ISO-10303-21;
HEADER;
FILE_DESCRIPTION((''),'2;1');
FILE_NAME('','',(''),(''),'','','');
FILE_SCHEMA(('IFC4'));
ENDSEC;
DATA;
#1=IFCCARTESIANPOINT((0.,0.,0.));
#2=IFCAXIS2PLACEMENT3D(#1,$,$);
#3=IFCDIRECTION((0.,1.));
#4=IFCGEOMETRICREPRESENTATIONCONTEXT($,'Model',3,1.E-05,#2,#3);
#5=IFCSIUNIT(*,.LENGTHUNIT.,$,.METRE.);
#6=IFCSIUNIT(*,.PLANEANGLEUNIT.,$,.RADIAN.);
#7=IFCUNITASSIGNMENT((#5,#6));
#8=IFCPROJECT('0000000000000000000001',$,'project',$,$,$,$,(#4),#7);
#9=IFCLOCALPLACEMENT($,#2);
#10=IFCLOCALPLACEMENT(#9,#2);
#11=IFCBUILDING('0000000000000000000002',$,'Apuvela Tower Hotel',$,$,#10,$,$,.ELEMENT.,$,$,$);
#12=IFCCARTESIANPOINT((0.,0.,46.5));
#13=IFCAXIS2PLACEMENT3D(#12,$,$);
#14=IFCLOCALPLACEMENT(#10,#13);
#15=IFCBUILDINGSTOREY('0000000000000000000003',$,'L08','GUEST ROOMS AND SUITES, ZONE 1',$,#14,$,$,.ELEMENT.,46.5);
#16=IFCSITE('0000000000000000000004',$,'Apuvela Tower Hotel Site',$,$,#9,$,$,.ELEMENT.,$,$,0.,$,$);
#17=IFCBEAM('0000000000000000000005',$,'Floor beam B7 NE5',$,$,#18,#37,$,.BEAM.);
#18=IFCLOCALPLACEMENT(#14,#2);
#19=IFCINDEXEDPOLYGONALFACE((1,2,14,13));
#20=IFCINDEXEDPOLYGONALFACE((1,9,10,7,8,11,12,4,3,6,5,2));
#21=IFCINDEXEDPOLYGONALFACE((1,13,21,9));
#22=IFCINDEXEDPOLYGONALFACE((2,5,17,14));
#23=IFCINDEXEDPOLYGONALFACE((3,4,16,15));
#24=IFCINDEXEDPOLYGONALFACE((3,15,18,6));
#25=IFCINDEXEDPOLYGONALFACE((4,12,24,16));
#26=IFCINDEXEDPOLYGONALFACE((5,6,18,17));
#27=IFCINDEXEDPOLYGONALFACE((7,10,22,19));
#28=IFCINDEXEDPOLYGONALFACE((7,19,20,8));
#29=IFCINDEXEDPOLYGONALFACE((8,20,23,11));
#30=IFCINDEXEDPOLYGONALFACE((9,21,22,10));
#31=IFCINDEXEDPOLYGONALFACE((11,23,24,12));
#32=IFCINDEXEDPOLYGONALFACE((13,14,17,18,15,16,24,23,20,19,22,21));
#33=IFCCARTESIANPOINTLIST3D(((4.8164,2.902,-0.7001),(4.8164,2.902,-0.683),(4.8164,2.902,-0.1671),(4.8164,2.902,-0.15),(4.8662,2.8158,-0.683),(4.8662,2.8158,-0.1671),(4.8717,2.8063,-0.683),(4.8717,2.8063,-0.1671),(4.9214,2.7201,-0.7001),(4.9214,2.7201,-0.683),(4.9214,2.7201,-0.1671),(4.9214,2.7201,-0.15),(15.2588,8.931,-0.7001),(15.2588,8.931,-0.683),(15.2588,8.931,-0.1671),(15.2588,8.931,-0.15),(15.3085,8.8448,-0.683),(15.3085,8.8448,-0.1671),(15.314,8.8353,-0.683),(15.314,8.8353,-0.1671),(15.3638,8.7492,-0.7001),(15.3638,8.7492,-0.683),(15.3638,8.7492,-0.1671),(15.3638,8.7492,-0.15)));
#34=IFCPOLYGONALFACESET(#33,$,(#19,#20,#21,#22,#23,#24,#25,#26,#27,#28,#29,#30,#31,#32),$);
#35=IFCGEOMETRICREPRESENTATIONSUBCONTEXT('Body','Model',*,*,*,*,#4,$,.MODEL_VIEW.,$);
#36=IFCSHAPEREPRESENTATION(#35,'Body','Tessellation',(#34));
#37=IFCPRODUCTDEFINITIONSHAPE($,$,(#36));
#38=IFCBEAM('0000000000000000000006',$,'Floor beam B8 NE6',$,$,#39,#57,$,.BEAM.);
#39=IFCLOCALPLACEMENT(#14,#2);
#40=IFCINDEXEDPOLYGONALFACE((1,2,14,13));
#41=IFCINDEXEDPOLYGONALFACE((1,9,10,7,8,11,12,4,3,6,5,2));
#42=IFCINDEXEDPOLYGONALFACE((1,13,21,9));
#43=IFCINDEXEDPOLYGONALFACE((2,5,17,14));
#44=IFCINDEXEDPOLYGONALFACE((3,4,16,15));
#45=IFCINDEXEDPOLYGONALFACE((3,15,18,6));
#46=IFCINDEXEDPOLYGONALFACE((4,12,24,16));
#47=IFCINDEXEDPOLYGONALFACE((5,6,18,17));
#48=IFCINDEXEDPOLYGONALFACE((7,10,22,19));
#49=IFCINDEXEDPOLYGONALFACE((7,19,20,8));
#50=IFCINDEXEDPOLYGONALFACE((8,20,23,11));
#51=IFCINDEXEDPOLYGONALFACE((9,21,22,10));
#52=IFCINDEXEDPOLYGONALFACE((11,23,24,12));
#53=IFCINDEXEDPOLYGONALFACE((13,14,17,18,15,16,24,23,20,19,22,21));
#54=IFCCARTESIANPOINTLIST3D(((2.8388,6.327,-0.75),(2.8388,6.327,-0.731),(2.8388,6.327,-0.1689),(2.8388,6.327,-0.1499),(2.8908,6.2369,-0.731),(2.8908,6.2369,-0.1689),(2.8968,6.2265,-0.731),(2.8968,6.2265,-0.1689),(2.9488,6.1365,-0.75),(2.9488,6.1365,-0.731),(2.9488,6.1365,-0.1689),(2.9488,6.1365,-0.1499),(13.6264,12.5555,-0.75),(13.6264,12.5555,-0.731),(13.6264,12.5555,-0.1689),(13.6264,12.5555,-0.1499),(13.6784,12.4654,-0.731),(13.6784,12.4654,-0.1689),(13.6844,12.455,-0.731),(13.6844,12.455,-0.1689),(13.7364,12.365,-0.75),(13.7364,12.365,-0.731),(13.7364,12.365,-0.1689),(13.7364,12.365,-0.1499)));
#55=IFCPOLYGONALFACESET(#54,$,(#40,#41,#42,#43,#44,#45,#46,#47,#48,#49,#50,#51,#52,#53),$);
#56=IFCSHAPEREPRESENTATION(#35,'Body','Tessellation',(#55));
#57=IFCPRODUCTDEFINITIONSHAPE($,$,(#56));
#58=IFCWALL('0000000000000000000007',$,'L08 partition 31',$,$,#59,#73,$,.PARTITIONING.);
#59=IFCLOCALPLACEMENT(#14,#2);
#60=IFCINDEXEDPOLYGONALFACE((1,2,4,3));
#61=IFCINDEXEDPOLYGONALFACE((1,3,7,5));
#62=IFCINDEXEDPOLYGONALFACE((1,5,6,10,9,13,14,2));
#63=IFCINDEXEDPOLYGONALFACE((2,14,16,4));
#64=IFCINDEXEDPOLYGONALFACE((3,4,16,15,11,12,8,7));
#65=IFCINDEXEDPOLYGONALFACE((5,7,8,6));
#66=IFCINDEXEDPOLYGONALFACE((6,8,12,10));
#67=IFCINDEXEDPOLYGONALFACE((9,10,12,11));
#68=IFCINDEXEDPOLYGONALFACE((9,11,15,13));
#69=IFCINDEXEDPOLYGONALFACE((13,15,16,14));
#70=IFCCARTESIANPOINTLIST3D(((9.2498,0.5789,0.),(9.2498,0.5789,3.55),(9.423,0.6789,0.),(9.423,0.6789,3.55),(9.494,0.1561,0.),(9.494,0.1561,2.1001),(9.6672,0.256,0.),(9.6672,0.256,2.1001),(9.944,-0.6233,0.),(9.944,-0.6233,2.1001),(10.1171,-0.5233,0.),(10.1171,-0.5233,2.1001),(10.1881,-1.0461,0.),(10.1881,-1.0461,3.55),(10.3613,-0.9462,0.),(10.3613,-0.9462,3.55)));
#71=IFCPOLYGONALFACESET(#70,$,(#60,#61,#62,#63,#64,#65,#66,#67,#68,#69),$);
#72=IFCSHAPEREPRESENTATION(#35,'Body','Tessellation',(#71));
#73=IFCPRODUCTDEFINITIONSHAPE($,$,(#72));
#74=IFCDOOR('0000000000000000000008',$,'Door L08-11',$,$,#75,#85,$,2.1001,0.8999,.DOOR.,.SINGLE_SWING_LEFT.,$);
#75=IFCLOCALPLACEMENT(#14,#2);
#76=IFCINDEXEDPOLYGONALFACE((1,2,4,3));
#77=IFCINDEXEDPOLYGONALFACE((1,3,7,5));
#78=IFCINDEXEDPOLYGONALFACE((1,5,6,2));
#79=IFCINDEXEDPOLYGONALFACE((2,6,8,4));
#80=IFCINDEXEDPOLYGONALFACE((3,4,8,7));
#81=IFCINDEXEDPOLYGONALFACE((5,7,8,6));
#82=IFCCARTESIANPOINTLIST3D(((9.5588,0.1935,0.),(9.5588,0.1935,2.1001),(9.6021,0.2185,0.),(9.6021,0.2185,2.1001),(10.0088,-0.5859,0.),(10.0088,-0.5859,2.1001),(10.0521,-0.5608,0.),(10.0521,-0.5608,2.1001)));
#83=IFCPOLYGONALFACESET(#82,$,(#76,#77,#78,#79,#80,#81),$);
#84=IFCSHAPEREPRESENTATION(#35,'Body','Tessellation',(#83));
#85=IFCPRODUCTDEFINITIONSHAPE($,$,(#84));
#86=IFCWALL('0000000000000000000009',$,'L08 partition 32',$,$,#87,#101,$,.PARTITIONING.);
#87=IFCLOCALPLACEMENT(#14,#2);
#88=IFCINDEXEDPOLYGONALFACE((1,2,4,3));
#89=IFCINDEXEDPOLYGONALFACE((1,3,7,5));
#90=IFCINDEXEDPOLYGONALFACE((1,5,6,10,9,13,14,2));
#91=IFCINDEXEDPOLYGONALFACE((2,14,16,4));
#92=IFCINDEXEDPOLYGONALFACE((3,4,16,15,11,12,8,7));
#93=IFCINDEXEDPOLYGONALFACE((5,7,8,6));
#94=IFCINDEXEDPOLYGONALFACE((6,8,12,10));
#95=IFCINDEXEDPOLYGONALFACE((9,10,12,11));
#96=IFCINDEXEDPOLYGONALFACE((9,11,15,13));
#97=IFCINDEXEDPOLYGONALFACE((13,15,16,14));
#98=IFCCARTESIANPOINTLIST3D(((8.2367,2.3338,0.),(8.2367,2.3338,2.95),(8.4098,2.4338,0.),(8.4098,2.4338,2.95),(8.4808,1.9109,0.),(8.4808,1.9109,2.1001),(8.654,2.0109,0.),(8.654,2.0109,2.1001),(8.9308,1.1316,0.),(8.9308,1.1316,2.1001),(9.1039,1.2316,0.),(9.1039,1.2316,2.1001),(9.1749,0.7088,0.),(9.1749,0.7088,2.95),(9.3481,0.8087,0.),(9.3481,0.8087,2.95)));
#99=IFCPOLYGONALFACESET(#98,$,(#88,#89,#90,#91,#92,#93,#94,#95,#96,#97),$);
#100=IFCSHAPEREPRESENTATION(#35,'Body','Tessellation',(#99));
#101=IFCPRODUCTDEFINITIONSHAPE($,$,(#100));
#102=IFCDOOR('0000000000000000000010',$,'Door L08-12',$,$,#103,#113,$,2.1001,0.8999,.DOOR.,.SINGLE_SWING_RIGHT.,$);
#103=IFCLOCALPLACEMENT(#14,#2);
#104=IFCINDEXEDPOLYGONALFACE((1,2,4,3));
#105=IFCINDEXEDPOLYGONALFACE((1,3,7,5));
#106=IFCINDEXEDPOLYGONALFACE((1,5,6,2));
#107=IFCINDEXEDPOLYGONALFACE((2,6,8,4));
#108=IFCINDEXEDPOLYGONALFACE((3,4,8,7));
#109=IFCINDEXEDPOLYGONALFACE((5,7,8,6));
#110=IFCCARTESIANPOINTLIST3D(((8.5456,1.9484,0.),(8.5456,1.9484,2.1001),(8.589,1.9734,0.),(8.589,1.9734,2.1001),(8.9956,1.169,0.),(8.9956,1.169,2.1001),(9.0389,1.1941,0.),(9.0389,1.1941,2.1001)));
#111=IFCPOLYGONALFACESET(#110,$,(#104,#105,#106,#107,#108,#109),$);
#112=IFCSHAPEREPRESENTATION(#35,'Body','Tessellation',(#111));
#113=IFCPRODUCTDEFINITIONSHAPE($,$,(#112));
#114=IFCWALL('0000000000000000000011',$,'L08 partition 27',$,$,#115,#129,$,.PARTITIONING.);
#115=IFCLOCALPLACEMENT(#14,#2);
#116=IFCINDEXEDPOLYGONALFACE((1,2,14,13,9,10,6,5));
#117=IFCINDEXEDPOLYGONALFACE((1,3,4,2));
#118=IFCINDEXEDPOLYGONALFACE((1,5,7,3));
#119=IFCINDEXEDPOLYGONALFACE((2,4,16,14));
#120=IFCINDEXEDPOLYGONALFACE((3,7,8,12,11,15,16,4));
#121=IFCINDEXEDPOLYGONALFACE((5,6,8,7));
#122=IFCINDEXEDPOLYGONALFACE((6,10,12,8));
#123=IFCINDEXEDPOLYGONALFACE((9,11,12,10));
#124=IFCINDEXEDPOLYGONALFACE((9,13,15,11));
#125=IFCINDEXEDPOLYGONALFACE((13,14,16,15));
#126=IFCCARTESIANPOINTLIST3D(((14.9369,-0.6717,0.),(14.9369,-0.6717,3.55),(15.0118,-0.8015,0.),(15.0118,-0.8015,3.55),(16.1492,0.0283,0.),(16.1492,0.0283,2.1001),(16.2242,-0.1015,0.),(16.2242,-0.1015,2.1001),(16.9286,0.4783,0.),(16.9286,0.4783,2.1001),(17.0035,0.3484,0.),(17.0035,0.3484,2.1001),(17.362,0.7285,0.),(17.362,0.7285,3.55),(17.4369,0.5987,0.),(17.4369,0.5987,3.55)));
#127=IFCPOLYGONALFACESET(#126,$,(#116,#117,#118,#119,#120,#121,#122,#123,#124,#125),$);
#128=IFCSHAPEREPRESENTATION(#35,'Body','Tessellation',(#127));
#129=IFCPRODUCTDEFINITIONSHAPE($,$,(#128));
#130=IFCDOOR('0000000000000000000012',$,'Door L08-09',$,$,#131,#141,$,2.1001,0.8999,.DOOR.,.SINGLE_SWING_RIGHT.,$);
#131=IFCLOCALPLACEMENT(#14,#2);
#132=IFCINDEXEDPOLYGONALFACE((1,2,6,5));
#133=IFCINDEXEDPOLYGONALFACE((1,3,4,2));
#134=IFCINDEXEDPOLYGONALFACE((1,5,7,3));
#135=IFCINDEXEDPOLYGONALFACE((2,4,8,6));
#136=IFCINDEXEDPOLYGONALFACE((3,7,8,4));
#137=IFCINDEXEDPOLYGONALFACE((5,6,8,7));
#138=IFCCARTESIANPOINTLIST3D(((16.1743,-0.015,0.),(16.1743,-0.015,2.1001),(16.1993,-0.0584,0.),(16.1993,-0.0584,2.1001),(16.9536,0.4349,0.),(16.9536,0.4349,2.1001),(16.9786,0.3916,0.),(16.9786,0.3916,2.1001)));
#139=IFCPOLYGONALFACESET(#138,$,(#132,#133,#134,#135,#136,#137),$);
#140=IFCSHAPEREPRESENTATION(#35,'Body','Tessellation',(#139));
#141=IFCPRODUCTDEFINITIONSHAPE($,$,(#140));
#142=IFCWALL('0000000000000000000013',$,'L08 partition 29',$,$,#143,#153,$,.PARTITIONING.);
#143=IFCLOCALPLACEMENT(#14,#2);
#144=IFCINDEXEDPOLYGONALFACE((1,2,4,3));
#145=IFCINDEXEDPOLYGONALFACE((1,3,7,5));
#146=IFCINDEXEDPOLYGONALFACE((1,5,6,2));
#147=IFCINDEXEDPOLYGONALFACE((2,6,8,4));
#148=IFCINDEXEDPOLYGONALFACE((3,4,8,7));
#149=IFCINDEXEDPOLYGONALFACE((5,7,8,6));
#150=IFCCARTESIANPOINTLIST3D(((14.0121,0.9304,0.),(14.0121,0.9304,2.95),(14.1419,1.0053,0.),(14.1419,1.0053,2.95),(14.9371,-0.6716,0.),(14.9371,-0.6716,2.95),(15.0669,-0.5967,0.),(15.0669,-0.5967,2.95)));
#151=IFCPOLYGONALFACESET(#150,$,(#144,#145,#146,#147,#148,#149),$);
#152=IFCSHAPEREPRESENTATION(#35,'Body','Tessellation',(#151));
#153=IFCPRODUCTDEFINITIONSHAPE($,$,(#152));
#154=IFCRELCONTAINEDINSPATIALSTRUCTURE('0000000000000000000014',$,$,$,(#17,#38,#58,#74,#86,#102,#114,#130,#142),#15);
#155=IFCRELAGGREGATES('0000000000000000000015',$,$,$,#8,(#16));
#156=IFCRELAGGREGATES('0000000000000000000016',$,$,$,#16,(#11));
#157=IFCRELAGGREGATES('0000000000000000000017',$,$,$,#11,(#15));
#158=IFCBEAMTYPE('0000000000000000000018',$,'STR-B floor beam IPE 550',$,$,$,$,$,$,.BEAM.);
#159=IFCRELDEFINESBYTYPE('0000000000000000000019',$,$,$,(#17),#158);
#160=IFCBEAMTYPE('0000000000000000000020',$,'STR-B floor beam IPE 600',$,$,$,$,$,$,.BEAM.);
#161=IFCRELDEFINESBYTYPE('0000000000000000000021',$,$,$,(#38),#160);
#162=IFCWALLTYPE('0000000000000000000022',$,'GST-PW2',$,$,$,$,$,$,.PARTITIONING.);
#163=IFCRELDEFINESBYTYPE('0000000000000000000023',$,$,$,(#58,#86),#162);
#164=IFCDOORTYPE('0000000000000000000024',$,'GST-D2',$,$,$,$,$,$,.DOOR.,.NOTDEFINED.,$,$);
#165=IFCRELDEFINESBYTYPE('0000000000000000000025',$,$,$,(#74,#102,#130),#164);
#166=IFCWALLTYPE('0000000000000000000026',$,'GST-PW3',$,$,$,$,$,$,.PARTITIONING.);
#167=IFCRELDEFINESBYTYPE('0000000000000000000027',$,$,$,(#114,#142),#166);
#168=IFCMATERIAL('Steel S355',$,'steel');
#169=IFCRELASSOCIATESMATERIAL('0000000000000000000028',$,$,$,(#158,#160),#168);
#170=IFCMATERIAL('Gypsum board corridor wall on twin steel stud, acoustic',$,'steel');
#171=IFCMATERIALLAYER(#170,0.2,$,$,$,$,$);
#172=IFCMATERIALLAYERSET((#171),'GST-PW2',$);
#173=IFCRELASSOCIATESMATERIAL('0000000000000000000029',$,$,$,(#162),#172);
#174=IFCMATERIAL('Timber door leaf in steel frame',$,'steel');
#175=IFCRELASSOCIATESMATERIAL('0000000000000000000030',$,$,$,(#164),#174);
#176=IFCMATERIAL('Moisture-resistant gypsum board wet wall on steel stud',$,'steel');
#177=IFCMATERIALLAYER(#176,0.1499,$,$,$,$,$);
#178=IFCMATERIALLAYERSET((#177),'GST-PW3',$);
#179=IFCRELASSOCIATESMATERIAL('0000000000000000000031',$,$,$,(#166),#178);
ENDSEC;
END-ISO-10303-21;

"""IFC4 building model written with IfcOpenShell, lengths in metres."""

from ifc_helpers import new_model, si_unit, direction, frame, frame_2d, origin, origin_2d, place, context, subcontext, project, spatial, rectangle, i_section, extrude, material, layer, layer_set, material_profile, profile_set, type_object, element, fill, save


model = new_model("IFC4")

# Units and contexts
model_context = context("Model", 3, precision=1e-05, world=origin(), true_north=direction((0.0, 1.0)))
body_context = subcontext(model_context, "Body", "Model", "MODEL_VIEW")
ifc_project = project(units=[si_unit("LENGTHUNIT", "METRE"), si_unit("PLANEANGLEUNIT", "RADIAN")], contexts=[model_context])

# Site, building, storey
site_placement = place(None, origin())
site = spatial("IfcSite", under=ifc_project, at=site_placement, Name="Apuvela Tower Hotel Site", CompositionType="ELEMENT", RefElevation=0.0)
building_placement = place(site_placement, origin())
building = spatial("IfcBuilding", under=site, at=building_placement, Name="Apuvela Tower Hotel", CompositionType="ELEMENT")
storey_placement = place(building_placement, frame((0.0, 0.0, 46.5)))
storey = spatial("IfcBuildingStorey", under=building, at=storey_placement, Name="L08", Description="GUEST ROOMS AND SUITES, ZONE 1", CompositionType="ELEMENT", Elevation=46.5)

# Beams
ifc_material_1 = material(Name="Steel S355", Category="steel")
ifc_material_profile_1 = material_profile(ifc_material_1, i_section(OverallWidth=0.21, OverallDepth=0.55, WebThickness=0.011, FlangeThickness=0.0171, at=origin_2d()), Name="IPE 550")
ifc_profile_set_1 = profile_set([ifc_material_profile_1], Name="Steel S355")
beam_type_1 = type_object("IfcBeamType", Name="STR-B floor beam IPE 550", PredefinedType="BEAM", material=ifc_profile_set_1)
beam_1_placement = place(storey_placement, frame((15.3113, 8.8401, -0.425), z_axis=(-0.86602, -0.500009, 0.0), x_axis=(0.500009, -0.86602, 0.0)))
element("IfcBeam", 1, at=beam_1_placement, inside=storey, type_object=beam_type_1, Name="Floor beam B7 NE5", PredefinedType="BEAM", context=body_context, shape_type="SweptSolid", body=[
    extrude(i_section(OverallWidth=0.21, OverallDepth=0.55, WebThickness=0.011, FlangeThickness=0.0171, at=origin_2d()), origin(), (0.0, 0.0, 1.0), 12.0579),
])
ifc_material_profile_2 = material_profile(ifc_material_1, i_section(OverallWidth=0.22, OverallDepth=0.6001, WebThickness=0.012, FlangeThickness=0.019, at=origin_2d()), Name="IPE 600")
ifc_profile_set_2 = profile_set([ifc_material_profile_2], Name="Steel S355")
beam_type_2 = type_object("IfcBeamType", Name="STR-B floor beam IPE 600", PredefinedType="BEAM", material=ifc_profile_set_2)
beam_2_placement = place(storey_placement, frame((13.6814, 12.4602, -0.45), z_axis=(-0.866015, -0.500018, 0.0), x_axis=(0.500018, -0.866015, 0.0)))
element("IfcBeam", 2, at=beam_2_placement, inside=storey, type_object=beam_type_2, Name="Floor beam B8 NE6", PredefinedType="BEAM", context=body_context, shape_type="SweptSolid", body=[
    extrude(i_section(OverallWidth=0.22, OverallDepth=0.6001, WebThickness=0.012, FlangeThickness=0.019, at=origin_2d()), origin(), (0.0, 0.0, 1.0), 12.4565),
])

# Walls, openings, doors
ifc_material_2 = material(Name="Gypsum board corridor wall on twin steel stud, acoustic", Category="steel")
ifc_layer_1 = layer(ifc_material_2, 0.2)
ifc_layer_set_1 = layer_set([ifc_layer_1], Name="GST-PW2")
wall_type_1 = type_object("IfcWallType", Name="GST-PW2", PredefinedType="PARTITIONING", material=ifc_layer_set_1)
wall_1_placement = place(storey_placement, frame((9.3364, 0.6289, 0.0), z_axis=(0.0, 0.0, 1.0), x_axis=(0.500015, -0.866017, 0.0)))
wall_1 = element("IfcWall", 3, at=wall_1_placement, inside=storey, type_object=wall_type_1, Name="L08 partition 31", PredefinedType="PARTITIONING", context=body_context, shape_type="SweptSolid", body=[
    extrude(rectangle(XDim=1.8765, YDim=0.2, at=frame_2d((0.9382, 0.0))), origin(), (0.0, 0.0, 1.0), 3.55),
])
opening_1_placement = place(wall_1_placement, frame((0.4883, 0.0, 0.0)))
opening_1 = element("IfcOpeningElement", 4, at=opening_1_placement, cuts=wall_1, PredefinedType="OPENING", context=body_context, shape_type="SweptSolid", body=[
    extrude(rectangle(XDim=0.8999, YDim=2.1001, at=frame_2d((0.45, 1.05))), frame((0.0, 0.1099, 0.0), z_axis=(0.0, -1.0, 0.0), x_axis=(1.0, 0.0, 0.0)), (0.0, 0.0, 1.0), 0.22),
])
ifc_material_3 = material(Name="Timber door leaf in steel frame", Category="steel")
door_type = type_object("IfcDoorType", Name="GST-D2", OperationType="NOTDEFINED", PredefinedType="DOOR", material=ifc_material_3)
door_1_placement = place(opening_1_placement, origin())
door_1 = element("IfcDoor", 5, at=door_1_placement, inside=storey, type_object=door_type, Name="Door L08-11", OperationType="SINGLE_SWING_LEFT", OverallHeight=2.1001, OverallWidth=0.8999, PredefinedType="DOOR", context=body_context, shape_type="SweptSolid", body=[
    extrude(rectangle(XDim=0.8999, YDim=2.1001, at=frame_2d((0.45, 1.05))), frame((0.0, 0.0249, 0.0), z_axis=(0.0, -1.0, 0.0), x_axis=(1.0, 0.0, 0.0)), (0.0, 0.0, 1.0), 0.05),
])
fill(opening_1, door_1)
wall_2_placement = place(storey_placement, frame((8.3232, 2.3838, 0.0), z_axis=(0.0, 0.0, 1.0), x_axis=(0.500015, -0.866017, 0.0)))
wall_2 = element("IfcWall", 6, at=wall_2_placement, inside=storey, type_object=wall_type_1, Name="L08 partition 32", PredefinedType="PARTITIONING", context=body_context, shape_type="SweptSolid", body=[
    extrude(rectangle(XDim=1.8765, YDim=0.2, at=frame_2d((0.9382, 0.0))), origin(), (0.0, 0.0, 1.0), 2.95),
])
opening_2_placement = place(wall_2_placement, frame((0.4883, 0.0, 0.0)))
opening_2 = element("IfcOpeningElement", 7, at=opening_2_placement, cuts=wall_2, PredefinedType="OPENING", context=body_context, shape_type="SweptSolid", body=[
    extrude(rectangle(XDim=0.8999, YDim=2.1001, at=frame_2d((0.45, 1.05))), frame((0.0, 0.1099, 0.0), z_axis=(0.0, -1.0, 0.0), x_axis=(1.0, 0.0, 0.0)), (0.0, 0.0, 1.0), 0.22),
])
door_2_placement = place(opening_2_placement, origin())
door_2 = element("IfcDoor", 8, at=door_2_placement, inside=storey, type_object=door_type, Name="Door L08-12", OperationType="SINGLE_SWING_RIGHT", OverallHeight=2.1001, OverallWidth=0.8999, PredefinedType="DOOR", context=body_context, shape_type="SweptSolid", body=[
    extrude(rectangle(XDim=0.8999, YDim=2.1001, at=frame_2d((0.45, 1.05))), frame((0.0, 0.0249, 0.0), z_axis=(0.0, -1.0, 0.0), x_axis=(1.0, 0.0, 0.0)), (0.0, 0.0, 1.0), 0.05),
])
fill(opening_2, door_2)
ifc_material_4 = material(Name="Moisture-resistant gypsum board wet wall on steel stud", Category="steel")
ifc_layer_2 = layer(ifc_material_4, 0.1499)
ifc_layer_set_2 = layer_set([ifc_layer_2], Name="GST-PW3")
wall_type_2 = type_object("IfcWallType", Name="GST-PW3", PredefinedType="PARTITIONING", material=ifc_layer_set_2)
wall_3_placement = place(storey_placement, frame((14.9744, -0.7366, 0.0), z_axis=(0.0, 0.0, 1.0), x_axis=(0.866019, 0.500012, 0.0)))
wall_3 = element("IfcWall", 9, at=wall_3_placement, inside=storey, type_object=wall_type_2, Name="L08 partition 27", PredefinedType="PARTITIONING", context=body_context, shape_type="SweptSolid", body=[
    extrude(rectangle(XDim=2.8003, YDim=0.1499, at=frame_2d((1.4001, 0.0))), origin(), (0.0, 0.0, 1.0), 3.55),
])
opening_3_placement = place(wall_3_placement, frame((1.3999, 0.0, 0.0)))
opening_3 = element("IfcOpeningElement", 10, at=opening_3_placement, cuts=wall_3, PredefinedType="OPENING", context=body_context, shape_type="SweptSolid", body=[
    extrude(rectangle(XDim=0.8999, YDim=2.1001, at=frame_2d((0.45, 1.05))), frame((0.0, 0.085, 0.0), z_axis=(0.0, -1.0, 0.0), x_axis=(1.0, 0.0, 0.0)), (0.0, 0.0, 1.0), 0.1699),
])
door_3_placement = place(opening_3_placement, origin())
door_3 = element("IfcDoor", 11, at=door_3_placement, inside=storey, type_object=door_type, Name="Door L08-09", OperationType="SINGLE_SWING_RIGHT", OverallHeight=2.1001, OverallWidth=0.8999, PredefinedType="DOOR", context=body_context, shape_type="SweptSolid", body=[
    extrude(rectangle(XDim=0.8999, YDim=2.1001, at=frame_2d((0.45, 1.05))), frame((0.0, 0.0249, 0.0), z_axis=(0.0, -1.0, 0.0), x_axis=(1.0, 0.0, 0.0)), (0.0, 0.0, 1.0), 0.05),
])
fill(opening_3, door_3)

# Wall
wall_4_placement = place(storey_placement, frame((15.002, -0.634, 0.0), z_axis=(0.0, 0.0, 1.0), x_axis=(-0.500042, 0.866001, 0.0)))
element("IfcWall", 12, at=wall_4_placement, inside=storey, type_object=wall_type_2, Name="L08 partition 29", PredefinedType="PARTITIONING", context=body_context, shape_type="SweptSolid", body=[
    extrude(rectangle(XDim=1.8499, YDim=0.1499, at=frame_2d((0.9248, 0.0))), origin(), (0.0, 0.0, 1.0), 2.95),
])

save(model, "model.ifc")
